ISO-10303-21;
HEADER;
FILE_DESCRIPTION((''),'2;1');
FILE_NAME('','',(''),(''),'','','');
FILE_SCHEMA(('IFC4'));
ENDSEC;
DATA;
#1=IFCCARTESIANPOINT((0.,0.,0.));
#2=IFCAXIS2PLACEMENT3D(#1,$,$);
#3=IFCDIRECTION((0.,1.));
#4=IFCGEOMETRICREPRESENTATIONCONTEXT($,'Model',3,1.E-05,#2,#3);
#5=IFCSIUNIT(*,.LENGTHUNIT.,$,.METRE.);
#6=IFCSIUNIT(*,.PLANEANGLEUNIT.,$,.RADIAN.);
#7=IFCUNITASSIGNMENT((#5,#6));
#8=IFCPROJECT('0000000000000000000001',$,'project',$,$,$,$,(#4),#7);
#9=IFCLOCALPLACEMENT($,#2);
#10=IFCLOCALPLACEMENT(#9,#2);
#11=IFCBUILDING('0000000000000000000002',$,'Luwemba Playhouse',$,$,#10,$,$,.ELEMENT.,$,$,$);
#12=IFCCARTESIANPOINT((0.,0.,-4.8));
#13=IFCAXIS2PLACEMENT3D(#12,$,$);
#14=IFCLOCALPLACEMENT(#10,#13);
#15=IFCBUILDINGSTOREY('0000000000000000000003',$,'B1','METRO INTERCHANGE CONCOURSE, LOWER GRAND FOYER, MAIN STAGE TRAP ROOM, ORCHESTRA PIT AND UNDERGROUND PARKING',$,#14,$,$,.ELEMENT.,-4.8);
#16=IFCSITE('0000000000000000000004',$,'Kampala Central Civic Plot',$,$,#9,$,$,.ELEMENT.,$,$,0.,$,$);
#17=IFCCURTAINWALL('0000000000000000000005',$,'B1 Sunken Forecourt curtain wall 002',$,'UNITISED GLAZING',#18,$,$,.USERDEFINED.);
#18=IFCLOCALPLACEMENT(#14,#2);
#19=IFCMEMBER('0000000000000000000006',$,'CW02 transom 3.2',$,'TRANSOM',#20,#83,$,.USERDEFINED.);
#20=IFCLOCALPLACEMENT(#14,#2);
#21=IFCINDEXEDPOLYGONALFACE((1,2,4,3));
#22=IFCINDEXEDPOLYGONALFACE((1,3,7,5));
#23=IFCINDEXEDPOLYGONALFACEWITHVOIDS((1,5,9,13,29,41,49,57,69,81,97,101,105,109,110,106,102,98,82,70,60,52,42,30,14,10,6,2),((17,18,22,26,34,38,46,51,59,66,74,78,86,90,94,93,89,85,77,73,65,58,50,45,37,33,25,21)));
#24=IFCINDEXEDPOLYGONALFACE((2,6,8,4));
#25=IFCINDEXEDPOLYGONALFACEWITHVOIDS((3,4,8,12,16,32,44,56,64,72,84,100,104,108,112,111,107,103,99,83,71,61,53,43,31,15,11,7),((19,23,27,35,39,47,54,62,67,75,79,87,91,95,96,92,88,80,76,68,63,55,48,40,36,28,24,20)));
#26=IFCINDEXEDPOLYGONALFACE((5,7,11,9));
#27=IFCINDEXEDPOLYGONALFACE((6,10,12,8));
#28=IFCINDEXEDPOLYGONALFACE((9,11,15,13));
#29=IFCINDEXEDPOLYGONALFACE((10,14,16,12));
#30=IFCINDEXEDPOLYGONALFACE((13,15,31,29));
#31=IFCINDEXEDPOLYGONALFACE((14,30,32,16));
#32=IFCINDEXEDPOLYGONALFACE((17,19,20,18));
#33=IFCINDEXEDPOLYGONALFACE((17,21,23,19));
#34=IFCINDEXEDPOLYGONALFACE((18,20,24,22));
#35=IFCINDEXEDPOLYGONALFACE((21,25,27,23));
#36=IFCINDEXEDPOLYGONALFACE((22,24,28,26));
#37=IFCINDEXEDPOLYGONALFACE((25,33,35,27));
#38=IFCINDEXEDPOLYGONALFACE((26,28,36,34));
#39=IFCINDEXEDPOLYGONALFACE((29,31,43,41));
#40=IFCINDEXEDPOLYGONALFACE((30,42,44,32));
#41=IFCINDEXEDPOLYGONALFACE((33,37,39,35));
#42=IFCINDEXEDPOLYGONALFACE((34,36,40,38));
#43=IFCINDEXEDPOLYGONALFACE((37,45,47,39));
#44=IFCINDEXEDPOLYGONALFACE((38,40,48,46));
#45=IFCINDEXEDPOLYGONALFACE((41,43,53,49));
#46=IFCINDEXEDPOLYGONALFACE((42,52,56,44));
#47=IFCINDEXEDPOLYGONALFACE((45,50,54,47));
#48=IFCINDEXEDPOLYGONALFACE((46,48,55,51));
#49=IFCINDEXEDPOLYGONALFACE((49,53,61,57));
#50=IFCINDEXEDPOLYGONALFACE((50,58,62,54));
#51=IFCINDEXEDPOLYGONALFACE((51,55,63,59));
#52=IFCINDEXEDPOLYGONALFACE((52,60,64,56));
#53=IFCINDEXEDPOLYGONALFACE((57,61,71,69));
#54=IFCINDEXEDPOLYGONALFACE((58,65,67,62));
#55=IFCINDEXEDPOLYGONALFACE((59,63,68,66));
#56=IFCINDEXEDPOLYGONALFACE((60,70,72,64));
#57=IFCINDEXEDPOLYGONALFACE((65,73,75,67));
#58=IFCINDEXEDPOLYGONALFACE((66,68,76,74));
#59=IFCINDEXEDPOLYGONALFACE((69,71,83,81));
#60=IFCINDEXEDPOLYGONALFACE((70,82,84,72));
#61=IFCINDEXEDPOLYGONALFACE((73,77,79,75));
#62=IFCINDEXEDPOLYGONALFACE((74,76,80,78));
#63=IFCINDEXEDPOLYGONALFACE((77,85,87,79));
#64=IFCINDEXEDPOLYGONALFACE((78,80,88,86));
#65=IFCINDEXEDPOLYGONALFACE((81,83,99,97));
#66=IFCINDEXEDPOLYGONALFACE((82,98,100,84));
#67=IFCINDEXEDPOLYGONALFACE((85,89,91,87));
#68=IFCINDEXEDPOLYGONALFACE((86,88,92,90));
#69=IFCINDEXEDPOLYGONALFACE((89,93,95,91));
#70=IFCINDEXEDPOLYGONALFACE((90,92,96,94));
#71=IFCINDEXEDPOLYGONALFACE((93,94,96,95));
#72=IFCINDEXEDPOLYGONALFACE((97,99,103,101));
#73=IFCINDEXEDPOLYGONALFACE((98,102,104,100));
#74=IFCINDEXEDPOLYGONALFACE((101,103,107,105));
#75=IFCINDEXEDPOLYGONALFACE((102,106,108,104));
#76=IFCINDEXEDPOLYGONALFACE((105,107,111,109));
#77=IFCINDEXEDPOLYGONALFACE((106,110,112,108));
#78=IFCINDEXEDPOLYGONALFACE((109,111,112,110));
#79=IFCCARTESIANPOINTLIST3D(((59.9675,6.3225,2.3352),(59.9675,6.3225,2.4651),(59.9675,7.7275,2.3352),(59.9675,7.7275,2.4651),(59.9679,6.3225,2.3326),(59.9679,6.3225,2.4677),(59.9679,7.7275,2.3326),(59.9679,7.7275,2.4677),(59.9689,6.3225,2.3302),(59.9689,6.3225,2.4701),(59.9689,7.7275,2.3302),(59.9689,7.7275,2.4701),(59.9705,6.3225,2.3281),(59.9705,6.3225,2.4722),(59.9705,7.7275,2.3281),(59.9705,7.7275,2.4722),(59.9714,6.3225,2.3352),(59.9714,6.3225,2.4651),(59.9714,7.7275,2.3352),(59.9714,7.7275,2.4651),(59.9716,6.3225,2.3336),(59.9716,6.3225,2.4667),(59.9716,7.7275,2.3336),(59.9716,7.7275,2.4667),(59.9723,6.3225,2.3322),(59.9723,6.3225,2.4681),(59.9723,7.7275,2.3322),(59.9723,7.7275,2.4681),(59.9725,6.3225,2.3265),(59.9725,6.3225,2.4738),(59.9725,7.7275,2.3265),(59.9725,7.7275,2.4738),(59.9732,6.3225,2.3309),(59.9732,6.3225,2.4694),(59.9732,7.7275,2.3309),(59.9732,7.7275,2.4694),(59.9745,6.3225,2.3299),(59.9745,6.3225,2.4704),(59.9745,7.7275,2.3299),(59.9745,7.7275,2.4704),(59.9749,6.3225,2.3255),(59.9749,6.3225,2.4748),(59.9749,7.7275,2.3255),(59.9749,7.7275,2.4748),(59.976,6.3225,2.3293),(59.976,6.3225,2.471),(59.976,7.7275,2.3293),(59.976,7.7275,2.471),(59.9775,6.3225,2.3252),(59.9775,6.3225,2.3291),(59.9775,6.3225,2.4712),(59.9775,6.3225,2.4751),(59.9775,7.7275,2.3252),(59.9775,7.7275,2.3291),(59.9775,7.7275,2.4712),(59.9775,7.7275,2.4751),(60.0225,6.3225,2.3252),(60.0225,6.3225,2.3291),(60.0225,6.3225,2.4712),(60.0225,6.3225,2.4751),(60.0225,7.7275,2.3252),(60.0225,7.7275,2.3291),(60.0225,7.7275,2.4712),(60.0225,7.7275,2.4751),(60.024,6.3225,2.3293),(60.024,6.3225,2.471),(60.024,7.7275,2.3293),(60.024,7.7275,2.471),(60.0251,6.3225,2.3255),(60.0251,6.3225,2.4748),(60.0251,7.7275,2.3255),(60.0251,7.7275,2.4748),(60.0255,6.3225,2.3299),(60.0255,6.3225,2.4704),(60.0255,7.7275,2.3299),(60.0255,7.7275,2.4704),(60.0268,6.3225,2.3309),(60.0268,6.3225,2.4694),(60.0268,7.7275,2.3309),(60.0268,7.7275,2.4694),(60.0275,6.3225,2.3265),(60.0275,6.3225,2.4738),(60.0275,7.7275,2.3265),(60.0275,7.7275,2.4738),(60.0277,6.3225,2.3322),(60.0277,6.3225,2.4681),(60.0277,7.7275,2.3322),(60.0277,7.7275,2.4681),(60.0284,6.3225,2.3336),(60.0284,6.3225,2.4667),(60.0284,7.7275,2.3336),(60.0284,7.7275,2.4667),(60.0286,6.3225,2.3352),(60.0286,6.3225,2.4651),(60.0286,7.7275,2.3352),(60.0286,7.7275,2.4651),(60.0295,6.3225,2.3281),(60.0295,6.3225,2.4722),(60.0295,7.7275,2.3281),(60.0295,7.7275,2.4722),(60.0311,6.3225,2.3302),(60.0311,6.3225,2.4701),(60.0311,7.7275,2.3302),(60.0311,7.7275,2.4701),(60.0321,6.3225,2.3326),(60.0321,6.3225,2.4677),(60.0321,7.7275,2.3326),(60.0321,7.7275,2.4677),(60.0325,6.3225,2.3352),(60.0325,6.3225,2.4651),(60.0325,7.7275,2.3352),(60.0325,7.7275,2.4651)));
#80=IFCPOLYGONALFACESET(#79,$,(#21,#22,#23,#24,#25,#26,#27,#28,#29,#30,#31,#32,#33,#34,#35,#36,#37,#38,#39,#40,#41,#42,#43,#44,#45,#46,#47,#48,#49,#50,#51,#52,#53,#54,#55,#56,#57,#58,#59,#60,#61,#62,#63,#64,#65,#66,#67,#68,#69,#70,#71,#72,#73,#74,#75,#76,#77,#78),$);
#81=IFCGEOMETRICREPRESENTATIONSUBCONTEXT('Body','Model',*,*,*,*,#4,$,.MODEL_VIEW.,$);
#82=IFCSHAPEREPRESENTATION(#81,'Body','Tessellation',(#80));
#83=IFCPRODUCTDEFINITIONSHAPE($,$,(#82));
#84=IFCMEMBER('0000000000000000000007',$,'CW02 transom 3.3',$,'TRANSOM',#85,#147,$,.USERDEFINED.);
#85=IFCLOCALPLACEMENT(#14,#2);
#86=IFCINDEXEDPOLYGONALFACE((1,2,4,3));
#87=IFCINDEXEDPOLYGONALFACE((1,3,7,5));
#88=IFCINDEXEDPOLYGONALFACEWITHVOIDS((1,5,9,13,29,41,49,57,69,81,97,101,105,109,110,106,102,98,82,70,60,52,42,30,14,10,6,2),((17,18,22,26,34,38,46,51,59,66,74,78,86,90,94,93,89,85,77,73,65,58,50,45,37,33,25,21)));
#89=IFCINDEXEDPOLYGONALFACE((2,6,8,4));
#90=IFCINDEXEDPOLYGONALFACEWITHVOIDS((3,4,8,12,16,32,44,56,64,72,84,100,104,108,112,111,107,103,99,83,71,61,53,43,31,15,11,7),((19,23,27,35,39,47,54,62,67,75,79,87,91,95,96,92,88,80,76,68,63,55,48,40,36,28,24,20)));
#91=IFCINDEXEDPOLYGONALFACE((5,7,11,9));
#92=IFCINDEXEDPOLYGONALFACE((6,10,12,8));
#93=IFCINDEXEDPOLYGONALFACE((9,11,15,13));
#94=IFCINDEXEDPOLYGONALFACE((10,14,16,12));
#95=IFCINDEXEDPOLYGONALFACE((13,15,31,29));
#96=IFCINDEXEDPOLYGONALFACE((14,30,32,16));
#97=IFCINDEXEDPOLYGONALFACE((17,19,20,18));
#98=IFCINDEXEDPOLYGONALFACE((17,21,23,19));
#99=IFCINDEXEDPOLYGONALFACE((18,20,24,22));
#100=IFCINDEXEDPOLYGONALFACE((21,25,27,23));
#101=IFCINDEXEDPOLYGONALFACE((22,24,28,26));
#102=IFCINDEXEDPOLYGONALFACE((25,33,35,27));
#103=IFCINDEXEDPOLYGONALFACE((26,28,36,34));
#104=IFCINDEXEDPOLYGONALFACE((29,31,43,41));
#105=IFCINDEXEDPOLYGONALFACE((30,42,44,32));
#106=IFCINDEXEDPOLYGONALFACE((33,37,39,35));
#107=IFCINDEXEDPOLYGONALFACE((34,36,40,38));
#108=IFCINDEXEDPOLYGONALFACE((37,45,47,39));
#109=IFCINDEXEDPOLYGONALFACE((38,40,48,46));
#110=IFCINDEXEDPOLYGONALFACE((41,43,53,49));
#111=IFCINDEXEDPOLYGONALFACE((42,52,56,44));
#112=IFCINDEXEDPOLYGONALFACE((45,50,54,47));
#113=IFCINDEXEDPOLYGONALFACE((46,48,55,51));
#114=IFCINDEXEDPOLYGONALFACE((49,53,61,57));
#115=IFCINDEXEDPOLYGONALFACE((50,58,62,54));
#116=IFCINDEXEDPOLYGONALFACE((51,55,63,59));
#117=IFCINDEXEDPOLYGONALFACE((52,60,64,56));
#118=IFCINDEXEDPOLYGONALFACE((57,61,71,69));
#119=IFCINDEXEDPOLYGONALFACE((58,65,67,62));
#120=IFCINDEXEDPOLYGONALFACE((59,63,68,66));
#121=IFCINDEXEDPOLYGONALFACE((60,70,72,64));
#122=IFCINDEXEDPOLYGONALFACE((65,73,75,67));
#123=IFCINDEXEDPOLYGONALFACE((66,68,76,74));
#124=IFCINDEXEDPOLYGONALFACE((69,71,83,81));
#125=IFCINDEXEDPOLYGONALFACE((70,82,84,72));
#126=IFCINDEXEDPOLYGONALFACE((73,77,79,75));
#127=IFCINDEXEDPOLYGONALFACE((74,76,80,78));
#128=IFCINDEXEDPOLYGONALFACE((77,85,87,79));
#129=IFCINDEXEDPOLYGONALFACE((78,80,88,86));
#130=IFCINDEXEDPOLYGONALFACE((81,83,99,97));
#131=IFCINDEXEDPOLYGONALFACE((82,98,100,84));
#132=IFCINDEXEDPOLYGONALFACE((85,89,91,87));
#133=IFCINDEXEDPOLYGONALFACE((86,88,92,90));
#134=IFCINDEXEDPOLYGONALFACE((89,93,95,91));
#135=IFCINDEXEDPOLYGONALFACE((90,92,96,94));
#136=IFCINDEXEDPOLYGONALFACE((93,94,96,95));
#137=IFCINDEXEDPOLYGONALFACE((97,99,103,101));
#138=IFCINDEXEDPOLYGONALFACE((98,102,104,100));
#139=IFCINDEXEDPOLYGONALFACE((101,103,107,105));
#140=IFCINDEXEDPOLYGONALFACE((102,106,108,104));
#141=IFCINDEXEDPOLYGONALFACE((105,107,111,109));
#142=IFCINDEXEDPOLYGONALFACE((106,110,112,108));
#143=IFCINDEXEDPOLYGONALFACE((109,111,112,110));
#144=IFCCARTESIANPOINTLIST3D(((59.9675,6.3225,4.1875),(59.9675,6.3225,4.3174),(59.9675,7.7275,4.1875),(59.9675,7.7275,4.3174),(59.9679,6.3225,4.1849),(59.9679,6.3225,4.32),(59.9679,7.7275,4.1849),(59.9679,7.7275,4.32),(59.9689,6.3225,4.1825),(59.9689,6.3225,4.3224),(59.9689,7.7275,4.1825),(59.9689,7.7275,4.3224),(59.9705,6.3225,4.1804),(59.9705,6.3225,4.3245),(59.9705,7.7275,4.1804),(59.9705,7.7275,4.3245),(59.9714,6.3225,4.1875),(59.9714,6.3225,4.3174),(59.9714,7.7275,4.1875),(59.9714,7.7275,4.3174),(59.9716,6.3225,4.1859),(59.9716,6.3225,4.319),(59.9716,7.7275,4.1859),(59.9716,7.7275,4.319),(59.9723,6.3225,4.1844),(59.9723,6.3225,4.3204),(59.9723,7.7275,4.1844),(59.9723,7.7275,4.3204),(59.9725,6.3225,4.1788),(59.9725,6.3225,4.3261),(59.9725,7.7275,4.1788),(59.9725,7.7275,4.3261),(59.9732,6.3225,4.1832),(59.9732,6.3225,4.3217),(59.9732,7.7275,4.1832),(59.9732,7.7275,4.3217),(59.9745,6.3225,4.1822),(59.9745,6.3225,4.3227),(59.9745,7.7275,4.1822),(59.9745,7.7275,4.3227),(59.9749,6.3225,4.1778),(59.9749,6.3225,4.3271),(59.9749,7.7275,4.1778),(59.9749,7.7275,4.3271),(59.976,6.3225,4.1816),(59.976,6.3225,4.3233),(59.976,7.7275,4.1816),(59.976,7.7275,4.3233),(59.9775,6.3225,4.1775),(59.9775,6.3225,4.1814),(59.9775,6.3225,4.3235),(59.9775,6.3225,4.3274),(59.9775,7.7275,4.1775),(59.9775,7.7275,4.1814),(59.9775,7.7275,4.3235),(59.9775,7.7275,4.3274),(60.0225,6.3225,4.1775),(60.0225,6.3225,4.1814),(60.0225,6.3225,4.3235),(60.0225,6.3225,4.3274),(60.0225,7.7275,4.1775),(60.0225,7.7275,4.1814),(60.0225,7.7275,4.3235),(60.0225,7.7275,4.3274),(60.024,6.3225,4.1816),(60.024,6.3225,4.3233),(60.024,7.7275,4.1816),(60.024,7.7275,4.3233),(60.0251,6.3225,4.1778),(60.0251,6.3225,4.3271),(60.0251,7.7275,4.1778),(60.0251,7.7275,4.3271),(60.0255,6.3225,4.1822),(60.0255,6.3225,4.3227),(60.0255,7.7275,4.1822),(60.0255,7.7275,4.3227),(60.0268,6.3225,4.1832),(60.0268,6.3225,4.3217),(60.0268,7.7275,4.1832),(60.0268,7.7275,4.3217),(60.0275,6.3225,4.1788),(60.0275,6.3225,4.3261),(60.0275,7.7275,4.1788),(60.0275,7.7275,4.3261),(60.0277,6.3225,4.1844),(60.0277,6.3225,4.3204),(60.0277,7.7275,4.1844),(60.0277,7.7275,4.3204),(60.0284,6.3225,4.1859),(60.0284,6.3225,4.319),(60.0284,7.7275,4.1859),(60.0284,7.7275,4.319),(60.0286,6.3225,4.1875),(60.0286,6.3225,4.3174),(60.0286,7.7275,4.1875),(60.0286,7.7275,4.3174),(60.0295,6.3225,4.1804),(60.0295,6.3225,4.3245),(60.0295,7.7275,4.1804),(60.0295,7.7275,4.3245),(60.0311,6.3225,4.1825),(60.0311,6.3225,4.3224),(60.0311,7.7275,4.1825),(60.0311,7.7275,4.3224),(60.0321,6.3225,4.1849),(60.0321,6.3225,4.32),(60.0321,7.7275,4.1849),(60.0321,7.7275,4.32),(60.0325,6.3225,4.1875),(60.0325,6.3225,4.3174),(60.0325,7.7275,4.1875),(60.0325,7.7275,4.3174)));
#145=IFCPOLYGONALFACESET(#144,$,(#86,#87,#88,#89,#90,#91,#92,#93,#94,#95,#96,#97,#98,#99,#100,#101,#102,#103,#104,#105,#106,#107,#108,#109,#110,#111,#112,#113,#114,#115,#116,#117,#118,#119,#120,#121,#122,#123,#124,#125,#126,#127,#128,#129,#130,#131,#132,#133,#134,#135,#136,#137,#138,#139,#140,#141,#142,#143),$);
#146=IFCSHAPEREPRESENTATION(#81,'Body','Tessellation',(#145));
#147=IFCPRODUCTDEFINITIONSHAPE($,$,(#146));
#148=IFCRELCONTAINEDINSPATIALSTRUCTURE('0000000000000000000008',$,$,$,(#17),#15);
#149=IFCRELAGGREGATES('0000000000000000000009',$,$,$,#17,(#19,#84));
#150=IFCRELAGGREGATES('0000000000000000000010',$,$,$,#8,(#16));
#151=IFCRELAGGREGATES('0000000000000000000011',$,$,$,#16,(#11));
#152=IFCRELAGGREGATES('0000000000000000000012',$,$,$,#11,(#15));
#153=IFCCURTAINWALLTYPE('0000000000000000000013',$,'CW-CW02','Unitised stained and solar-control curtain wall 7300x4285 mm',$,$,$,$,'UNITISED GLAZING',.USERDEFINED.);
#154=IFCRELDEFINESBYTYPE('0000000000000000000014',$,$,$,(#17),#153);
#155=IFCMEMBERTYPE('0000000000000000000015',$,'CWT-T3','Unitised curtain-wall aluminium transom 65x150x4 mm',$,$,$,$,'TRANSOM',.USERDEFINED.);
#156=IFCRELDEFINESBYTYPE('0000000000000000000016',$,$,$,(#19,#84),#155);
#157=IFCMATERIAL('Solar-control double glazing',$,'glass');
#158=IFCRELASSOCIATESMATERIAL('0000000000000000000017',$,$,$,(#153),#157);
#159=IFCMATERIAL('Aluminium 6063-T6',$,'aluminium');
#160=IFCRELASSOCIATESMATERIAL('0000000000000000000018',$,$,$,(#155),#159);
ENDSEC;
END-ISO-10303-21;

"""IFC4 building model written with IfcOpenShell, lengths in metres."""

from ifc_helpers import new_model, si_unit, direction, frame, origin, origin_2d, place, context, subcontext, project, spatial, hollow_rectangle, extrude, material, material_profile, profile_set, type_object, element, aggregate, save


model = new_model("IFC4")

# Units and contexts
model_context = context("Model", 3, precision=1e-05, world=origin(), true_north=direction((0.0, 1.0)))
body_context = subcontext(model_context, "Body", "Model", "MODEL_VIEW")
ifc_project = project(units=[si_unit("LENGTHUNIT", "METRE"), si_unit("PLANEANGLEUNIT", "RADIAN")], contexts=[model_context])

# Site, building, storey
site_placement = place(None, origin())
site = spatial("IfcSite", under=ifc_project, at=site_placement, Name="Kampala Central Civic Plot", CompositionType="ELEMENT", RefElevation=0.0)
building_placement = place(site_placement, origin())
building = spatial("IfcBuilding", under=site, at=building_placement, Name="Luwemba Playhouse", CompositionType="ELEMENT")
storey_placement = place(building_placement, frame((0.0, 0.0, -4.8)))
storey = spatial("IfcBuildingStorey", under=building, at=storey_placement, Name="B1", Description="METRO INTERCHANGE CONCOURSE, LOWER GRAND FOYER, MAIN STAGE TRAP ROOM, ORCHESTRA PIT AND UNDERGROUND PARKING", CompositionType="ELEMENT", Elevation=-4.8)

# Curtain wall, members
ifc_material_1 = material(Name="Solar-control double glazing", Category="glass")
curtain_wall_type = type_object("IfcCurtainWallType", Name="CW-CW02", Description="Unitised stained and solar-control curtain wall 7300x4285 mm", ElementType="UNITISED GLAZING", PredefinedType="USERDEFINED", material=ifc_material_1)
curtain_wall_placement = place(storey_placement, origin())
curtain_wall = element("IfcCurtainWall", 1, at=curtain_wall_placement, inside=storey, type_object=curtain_wall_type, Name="B1 Sunken Forecourt curtain wall 002", ObjectType="UNITISED GLAZING", PredefinedType="USERDEFINED")
ifc_material_2 = material(Name="Aluminium 6063-T6", Category="aluminium")
ifc_material_profile_1 = material_profile(ifc_material_2, hollow_rectangle(XDim=0.0649, YDim=0.1499, WallThickness=0.0039, InnerFilletRadius=0.0061, OuterFilletRadius=0.01, at=origin_2d()))
ifc_profile_set_1 = profile_set([ifc_material_profile_1], Name="Aluminium 6063-T6")
member_type_1 = type_object("IfcMemberType", Name="CWT-T3", Description="Unitised curtain-wall aluminium transom 65x150x4 mm", ElementType="TRANSOM", PredefinedType="USERDEFINED", material=ifc_profile_set_1)
member_1_placement = place(storey_placement, frame((60.0, 7.7275, 2.4001), z_axis=(0.0, -1.0, 0.0), x_axis=(1.0, 0.0, 0.0)))
member_1 = element("IfcMember", 2, at=member_1_placement, type_object=member_type_1, Name="CW02 transom 3.2", ObjectType="TRANSOM", PredefinedType="USERDEFINED", context=body_context, shape_type="SweptSolid", body=[
    extrude(hollow_rectangle(XDim=0.0649, YDim=0.1499, WallThickness=0.0039, InnerFilletRadius=0.0061, OuterFilletRadius=0.01, at=origin_2d()), origin(), (0.0, 0.0, 1.0), 1.405),
])
member_2_placement = place(storey_placement, frame((60.0, 7.7275, 4.2524), z_axis=(0.0, -1.0, 0.0), x_axis=(1.0, 0.0, 0.0)))
member_2 = element("IfcMember", 3, at=member_2_placement, type_object=member_type_1, Name="CW02 transom 3.3", ObjectType="TRANSOM", PredefinedType="USERDEFINED", context=body_context, shape_type="SweptSolid", body=[
    extrude(hollow_rectangle(XDim=0.0649, YDim=0.1499, WallThickness=0.0039, InnerFilletRadius=0.0061, OuterFilletRadius=0.01, at=origin_2d()), origin(), (0.0, 0.0, 1.0), 1.405),
])
aggregate(curtain_wall, [member_1, member_2])

save(model, "model.ifc")
